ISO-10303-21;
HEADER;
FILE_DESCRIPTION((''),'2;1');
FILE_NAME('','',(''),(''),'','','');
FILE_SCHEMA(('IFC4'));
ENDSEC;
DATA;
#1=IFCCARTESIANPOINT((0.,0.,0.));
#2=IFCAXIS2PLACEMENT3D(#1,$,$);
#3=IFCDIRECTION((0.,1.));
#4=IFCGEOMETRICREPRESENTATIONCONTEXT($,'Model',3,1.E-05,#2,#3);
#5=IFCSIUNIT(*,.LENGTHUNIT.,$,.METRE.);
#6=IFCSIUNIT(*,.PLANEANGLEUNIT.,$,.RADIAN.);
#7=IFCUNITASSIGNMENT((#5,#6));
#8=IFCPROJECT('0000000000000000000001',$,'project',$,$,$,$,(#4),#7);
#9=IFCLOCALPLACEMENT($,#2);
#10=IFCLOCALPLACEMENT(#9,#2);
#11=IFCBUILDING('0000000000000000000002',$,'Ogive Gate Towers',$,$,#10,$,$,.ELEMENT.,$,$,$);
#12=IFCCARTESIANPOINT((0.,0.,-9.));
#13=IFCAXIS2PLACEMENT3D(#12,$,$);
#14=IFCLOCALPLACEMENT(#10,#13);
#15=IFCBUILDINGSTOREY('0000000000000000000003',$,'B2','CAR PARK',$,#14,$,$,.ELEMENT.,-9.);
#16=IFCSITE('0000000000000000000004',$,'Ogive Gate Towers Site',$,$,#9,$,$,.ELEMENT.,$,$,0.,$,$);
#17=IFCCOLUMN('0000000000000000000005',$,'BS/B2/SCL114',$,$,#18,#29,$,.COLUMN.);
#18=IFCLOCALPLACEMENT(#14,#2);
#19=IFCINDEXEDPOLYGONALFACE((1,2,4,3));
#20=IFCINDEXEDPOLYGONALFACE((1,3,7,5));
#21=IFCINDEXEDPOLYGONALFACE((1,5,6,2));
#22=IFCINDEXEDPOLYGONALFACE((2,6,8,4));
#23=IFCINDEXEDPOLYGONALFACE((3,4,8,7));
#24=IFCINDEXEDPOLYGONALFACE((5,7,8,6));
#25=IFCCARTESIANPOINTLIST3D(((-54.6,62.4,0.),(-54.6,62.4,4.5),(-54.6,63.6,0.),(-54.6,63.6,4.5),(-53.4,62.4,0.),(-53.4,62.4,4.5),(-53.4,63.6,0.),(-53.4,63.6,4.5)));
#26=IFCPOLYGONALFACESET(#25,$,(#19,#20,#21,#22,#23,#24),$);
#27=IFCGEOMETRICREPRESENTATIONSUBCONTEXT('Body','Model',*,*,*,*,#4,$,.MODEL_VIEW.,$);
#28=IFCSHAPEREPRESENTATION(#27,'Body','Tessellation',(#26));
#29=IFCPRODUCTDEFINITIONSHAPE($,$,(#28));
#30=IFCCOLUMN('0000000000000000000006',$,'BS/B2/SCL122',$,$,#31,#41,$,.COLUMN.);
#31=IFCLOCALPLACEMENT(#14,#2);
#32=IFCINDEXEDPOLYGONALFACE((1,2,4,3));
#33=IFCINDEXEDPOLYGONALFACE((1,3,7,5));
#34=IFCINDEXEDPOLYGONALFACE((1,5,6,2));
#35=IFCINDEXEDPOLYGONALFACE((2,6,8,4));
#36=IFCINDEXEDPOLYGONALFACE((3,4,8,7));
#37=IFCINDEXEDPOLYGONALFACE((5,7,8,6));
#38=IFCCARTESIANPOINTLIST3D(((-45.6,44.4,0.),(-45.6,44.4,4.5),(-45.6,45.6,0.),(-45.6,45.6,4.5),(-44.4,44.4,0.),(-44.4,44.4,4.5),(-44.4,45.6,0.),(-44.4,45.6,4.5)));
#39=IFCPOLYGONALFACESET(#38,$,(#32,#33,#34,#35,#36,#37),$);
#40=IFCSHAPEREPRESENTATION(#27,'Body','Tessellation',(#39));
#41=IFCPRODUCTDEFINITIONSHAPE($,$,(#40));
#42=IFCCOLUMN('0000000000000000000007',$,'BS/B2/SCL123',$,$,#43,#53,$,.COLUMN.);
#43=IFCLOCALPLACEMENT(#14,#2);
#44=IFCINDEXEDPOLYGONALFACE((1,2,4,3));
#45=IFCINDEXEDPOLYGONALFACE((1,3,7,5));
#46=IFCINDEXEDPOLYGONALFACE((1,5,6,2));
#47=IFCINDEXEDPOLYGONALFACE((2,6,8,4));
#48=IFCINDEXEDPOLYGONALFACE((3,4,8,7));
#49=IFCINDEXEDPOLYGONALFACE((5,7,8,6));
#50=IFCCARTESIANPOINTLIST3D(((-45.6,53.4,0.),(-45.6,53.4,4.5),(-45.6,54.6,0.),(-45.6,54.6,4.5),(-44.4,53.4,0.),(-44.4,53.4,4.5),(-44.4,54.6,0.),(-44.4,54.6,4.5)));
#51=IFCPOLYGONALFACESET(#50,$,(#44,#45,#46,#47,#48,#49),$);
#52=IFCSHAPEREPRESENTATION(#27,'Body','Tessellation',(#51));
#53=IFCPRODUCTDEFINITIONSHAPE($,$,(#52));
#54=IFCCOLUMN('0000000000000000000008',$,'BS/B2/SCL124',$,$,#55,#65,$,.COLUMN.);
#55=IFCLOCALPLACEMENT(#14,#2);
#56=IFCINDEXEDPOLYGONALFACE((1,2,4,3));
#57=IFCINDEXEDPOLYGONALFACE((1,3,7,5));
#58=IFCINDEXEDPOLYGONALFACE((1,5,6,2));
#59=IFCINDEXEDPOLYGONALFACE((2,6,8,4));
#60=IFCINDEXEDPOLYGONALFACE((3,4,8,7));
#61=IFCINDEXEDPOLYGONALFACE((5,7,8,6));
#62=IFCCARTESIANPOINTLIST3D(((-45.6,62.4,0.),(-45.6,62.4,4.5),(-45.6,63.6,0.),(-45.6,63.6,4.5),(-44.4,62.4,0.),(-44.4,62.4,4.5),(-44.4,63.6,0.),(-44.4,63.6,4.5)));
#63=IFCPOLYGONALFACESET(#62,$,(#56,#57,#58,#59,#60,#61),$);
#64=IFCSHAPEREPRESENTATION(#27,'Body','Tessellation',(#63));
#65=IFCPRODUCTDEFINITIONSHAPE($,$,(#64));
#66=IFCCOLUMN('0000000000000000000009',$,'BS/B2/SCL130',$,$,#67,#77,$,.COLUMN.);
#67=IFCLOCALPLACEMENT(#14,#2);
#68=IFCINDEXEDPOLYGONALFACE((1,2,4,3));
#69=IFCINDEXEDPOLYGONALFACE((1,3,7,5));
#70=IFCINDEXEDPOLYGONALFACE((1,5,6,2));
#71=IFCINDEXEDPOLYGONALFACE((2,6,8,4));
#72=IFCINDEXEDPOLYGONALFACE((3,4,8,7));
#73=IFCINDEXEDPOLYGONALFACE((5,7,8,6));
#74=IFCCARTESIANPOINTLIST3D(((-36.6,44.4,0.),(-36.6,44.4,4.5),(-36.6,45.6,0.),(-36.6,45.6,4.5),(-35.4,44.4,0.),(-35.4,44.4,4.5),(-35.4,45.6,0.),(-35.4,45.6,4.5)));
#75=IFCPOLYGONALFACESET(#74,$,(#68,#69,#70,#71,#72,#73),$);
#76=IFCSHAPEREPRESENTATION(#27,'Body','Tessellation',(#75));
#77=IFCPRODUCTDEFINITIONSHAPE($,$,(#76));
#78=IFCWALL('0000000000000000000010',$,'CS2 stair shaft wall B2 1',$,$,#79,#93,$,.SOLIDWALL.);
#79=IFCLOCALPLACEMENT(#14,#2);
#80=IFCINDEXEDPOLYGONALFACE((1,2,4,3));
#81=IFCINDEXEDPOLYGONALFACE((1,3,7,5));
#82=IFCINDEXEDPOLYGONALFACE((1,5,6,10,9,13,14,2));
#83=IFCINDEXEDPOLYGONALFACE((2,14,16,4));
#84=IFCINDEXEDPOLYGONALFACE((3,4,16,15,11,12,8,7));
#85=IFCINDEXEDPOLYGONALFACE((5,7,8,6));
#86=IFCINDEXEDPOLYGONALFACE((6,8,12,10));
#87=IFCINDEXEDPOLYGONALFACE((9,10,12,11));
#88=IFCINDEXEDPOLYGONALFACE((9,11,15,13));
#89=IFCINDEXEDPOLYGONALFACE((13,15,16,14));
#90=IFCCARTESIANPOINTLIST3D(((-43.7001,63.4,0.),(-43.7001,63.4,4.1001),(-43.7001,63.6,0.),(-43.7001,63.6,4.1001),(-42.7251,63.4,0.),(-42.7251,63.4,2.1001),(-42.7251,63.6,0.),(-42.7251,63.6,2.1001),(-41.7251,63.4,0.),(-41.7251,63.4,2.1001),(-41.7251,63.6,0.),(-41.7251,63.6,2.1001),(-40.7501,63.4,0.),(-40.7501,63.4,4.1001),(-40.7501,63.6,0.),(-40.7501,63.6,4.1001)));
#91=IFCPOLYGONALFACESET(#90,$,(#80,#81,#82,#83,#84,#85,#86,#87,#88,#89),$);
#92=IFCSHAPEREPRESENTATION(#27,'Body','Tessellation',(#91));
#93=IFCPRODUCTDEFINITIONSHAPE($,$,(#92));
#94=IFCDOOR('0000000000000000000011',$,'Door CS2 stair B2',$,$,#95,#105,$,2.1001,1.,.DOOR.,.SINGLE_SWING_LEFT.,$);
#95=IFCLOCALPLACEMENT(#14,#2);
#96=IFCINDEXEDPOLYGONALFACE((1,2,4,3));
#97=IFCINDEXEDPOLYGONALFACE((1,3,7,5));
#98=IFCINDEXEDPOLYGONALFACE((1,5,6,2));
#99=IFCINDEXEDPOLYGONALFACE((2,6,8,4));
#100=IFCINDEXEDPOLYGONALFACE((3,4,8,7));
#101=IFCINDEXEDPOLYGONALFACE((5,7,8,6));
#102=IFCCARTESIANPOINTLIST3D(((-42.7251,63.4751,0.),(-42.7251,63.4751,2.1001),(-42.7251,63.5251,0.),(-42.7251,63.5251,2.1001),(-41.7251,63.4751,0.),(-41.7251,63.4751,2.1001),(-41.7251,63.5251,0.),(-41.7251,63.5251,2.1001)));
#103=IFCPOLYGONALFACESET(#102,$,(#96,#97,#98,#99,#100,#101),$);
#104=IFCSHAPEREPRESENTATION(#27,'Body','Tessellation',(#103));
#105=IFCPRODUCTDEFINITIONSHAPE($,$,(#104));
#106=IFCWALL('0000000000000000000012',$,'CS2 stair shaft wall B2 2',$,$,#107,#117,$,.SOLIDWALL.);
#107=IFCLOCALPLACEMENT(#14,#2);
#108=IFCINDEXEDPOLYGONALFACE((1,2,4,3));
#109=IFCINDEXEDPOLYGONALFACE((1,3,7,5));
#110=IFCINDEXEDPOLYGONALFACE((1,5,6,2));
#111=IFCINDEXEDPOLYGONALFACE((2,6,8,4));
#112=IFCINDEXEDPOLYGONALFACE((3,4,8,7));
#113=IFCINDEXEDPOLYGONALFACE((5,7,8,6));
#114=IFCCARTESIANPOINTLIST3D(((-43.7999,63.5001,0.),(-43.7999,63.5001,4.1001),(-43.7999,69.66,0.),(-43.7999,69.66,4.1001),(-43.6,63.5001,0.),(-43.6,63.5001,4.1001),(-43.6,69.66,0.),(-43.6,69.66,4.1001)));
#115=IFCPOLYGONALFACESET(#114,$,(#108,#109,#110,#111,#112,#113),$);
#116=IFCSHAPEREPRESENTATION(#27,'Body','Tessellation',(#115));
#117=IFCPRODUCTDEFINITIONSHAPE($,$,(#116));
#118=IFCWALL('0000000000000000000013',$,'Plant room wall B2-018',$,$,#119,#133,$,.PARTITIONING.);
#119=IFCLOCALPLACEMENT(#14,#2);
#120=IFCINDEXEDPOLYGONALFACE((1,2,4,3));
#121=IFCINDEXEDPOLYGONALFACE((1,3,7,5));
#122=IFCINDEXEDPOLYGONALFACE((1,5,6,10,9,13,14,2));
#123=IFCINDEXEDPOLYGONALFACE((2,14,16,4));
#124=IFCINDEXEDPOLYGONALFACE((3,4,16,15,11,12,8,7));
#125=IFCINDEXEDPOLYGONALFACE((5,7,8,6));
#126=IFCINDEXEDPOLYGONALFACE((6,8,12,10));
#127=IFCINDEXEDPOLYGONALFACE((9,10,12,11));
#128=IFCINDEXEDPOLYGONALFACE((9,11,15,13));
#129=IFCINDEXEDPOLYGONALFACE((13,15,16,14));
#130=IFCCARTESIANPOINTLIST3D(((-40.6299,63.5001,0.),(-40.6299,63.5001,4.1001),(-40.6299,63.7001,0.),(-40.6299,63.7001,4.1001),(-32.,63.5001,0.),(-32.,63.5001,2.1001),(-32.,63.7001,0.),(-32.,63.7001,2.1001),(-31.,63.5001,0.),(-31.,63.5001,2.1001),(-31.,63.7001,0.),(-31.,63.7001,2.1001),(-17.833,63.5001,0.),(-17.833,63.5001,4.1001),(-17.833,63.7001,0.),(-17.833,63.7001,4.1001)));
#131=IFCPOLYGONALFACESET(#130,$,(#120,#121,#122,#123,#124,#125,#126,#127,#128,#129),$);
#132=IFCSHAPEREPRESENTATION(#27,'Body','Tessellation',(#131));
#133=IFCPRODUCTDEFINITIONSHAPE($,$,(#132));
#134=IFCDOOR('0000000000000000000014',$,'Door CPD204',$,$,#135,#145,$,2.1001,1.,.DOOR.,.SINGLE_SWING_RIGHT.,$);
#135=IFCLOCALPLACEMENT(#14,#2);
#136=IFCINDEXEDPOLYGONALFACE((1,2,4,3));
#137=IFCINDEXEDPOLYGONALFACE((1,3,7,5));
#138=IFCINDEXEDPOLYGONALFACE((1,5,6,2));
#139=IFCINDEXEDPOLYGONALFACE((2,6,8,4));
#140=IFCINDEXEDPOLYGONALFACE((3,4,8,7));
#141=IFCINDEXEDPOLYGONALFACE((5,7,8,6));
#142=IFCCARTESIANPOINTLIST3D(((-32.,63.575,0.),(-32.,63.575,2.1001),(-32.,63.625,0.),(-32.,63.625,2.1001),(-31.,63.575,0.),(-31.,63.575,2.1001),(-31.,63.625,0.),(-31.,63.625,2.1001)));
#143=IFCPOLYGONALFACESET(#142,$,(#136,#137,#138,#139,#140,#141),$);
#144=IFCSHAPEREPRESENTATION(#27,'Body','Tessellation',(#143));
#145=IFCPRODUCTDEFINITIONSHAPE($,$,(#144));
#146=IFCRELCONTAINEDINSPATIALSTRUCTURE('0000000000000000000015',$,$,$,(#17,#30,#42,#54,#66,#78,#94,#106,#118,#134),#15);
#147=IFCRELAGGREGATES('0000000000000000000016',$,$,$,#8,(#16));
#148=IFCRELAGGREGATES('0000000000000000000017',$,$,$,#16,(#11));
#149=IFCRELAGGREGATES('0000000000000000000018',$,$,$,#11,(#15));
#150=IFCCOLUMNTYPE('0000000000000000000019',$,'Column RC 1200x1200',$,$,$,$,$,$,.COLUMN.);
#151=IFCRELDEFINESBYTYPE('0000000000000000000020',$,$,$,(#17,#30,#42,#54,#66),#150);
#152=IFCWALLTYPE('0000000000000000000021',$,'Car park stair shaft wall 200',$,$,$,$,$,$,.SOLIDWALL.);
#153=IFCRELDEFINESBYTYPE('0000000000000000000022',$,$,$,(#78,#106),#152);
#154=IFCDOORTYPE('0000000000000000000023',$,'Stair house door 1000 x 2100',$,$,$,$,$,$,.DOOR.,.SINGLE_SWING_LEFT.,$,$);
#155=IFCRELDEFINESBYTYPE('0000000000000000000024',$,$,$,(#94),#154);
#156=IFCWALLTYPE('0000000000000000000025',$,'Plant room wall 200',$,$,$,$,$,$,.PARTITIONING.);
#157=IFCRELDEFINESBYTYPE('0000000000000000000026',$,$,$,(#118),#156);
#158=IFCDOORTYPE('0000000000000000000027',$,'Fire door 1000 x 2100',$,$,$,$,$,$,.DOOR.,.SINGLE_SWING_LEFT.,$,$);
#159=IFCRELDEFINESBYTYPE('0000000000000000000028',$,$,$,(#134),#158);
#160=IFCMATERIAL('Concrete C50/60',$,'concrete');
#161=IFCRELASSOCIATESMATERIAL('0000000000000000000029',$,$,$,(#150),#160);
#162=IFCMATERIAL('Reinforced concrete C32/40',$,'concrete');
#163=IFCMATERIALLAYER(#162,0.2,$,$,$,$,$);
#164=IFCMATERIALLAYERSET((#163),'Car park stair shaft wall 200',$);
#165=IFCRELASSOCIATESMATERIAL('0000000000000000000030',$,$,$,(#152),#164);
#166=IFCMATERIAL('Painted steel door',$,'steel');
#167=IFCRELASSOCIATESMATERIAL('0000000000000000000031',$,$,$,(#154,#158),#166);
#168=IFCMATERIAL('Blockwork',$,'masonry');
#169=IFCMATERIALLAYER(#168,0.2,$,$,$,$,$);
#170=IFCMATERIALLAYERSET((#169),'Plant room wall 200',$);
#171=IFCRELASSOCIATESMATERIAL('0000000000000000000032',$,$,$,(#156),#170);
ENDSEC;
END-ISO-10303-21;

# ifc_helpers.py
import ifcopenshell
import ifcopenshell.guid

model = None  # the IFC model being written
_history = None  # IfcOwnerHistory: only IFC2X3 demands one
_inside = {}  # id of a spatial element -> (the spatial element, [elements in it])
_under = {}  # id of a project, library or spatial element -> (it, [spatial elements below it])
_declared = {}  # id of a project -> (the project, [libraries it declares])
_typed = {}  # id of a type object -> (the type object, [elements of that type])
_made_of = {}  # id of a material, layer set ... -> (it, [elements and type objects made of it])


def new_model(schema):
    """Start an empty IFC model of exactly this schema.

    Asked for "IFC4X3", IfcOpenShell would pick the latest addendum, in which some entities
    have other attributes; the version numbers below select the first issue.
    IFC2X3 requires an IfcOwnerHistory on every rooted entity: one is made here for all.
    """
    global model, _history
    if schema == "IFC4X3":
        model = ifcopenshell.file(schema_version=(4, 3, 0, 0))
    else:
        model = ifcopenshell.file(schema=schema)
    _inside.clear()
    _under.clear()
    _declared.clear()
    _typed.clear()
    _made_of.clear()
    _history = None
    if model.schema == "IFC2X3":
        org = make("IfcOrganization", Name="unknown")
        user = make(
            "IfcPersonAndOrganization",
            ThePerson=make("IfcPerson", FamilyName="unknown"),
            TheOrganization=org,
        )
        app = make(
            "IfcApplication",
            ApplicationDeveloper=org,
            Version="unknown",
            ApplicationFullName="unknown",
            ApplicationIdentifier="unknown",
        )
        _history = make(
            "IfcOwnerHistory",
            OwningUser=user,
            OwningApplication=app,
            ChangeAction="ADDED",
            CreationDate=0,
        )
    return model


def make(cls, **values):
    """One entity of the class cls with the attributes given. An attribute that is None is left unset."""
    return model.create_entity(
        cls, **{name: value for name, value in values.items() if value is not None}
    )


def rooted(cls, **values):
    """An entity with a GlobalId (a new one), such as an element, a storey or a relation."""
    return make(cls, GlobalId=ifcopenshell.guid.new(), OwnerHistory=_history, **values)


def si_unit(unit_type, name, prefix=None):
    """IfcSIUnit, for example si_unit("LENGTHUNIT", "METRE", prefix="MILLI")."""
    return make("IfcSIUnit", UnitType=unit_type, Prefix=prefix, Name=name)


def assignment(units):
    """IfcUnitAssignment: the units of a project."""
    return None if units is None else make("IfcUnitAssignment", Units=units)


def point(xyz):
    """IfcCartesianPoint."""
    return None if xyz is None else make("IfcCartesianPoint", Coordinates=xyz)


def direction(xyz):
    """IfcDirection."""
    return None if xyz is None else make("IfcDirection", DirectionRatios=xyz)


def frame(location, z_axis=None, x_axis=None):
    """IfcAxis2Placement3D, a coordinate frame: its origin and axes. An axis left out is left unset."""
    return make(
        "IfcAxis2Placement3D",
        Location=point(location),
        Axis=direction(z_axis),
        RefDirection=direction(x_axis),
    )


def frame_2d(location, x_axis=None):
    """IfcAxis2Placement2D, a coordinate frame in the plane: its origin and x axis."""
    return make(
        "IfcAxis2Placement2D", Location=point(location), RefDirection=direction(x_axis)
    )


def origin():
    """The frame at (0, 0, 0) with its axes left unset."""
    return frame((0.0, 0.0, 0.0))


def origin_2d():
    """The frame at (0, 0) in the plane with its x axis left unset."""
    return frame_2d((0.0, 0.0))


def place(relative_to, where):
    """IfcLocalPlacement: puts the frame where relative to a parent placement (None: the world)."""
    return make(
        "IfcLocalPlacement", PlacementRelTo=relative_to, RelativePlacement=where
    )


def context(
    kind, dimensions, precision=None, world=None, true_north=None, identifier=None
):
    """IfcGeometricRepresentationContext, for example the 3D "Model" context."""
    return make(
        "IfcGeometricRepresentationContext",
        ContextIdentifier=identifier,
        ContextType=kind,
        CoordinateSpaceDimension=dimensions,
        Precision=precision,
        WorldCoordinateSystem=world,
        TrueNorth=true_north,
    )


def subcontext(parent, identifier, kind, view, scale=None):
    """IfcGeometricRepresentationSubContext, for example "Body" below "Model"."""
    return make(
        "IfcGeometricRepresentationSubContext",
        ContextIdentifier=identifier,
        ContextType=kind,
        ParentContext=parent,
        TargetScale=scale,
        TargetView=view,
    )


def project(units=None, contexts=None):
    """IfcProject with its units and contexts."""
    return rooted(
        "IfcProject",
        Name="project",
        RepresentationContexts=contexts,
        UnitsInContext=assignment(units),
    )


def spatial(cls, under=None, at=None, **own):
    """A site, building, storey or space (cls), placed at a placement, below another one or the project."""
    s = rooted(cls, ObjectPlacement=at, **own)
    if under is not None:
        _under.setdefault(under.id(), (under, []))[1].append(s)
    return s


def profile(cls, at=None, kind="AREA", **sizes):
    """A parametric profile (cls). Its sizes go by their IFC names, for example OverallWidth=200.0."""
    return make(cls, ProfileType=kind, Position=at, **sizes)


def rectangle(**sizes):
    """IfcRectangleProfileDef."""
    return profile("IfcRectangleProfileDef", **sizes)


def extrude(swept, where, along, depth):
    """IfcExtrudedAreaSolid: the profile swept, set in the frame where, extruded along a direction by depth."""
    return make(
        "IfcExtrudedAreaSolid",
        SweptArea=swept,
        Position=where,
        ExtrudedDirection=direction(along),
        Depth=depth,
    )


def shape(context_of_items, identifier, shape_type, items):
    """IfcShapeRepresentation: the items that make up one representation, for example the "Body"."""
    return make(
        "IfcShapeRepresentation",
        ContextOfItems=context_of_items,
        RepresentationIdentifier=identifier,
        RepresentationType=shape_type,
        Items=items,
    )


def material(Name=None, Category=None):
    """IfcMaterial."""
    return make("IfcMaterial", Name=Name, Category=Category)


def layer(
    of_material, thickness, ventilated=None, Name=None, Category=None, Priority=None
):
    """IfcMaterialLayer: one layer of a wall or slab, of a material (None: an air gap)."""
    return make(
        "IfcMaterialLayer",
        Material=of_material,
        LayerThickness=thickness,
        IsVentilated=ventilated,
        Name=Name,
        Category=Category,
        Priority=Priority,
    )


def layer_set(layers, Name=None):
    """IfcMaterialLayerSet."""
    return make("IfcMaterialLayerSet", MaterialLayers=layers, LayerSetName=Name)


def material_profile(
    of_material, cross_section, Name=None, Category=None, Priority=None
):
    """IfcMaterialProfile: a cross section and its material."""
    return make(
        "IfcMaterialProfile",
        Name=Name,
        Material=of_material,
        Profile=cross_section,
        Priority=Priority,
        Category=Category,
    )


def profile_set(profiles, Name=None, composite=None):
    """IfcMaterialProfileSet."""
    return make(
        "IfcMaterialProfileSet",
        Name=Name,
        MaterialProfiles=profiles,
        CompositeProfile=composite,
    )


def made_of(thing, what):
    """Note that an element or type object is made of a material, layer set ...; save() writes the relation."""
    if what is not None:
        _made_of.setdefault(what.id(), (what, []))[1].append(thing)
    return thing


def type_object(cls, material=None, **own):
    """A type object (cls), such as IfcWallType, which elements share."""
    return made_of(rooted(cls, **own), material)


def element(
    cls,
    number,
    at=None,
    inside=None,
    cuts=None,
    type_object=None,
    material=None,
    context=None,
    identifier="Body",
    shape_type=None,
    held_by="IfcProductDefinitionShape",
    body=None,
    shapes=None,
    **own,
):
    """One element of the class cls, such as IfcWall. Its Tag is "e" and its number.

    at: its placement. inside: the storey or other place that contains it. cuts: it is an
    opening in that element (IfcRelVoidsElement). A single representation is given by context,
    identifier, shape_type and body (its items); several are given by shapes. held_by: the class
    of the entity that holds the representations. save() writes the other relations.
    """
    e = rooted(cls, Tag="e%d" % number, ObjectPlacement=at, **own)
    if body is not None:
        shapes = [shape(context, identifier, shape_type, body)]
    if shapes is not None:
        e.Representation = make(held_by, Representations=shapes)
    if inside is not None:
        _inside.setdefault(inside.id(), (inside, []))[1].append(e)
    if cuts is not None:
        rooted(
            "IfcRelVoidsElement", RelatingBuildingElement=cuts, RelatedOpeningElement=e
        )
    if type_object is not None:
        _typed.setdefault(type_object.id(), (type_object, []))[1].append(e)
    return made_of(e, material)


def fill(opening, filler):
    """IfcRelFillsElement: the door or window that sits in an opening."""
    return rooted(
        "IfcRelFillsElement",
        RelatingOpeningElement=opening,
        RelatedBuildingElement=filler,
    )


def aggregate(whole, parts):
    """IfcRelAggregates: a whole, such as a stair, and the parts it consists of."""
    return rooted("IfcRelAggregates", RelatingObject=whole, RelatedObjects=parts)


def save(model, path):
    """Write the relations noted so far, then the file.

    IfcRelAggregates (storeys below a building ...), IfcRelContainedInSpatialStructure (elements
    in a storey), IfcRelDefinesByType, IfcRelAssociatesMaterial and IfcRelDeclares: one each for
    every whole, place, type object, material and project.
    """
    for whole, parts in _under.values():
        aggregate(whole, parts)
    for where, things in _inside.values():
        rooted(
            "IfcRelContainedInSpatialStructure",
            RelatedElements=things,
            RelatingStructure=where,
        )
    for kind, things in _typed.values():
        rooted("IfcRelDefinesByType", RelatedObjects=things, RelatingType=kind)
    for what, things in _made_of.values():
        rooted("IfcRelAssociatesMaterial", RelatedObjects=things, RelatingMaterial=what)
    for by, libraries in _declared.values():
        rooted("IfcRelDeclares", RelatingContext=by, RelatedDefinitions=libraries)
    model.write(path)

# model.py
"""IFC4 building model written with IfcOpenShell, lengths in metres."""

from ifc_helpers import new_model, si_unit, direction, frame, frame_2d, origin, origin_2d, place, context, subcontext, project, spatial, rectangle, extrude, material, layer, layer_set, material_profile, profile_set, type_object, element, fill, save


model = new_model("IFC4")

# Units and contexts
model_context = context("Model", 3, precision=1e-05, world=origin(), true_north=direction((0.0, 1.0)))
body_context = subcontext(model_context, "Body", "Model", "MODEL_VIEW")
ifc_project = project(units=[si_unit("LENGTHUNIT", "METRE"), si_unit("PLANEANGLEUNIT", "RADIAN")], contexts=[model_context])

# Site, building, storey
site_placement = place(None, origin())
site = spatial("IfcSite", under=ifc_project, at=site_placement, Name="Ogive Gate Towers Site", CompositionType="ELEMENT", RefElevation=0.0)
building_placement = place(site_placement, origin())
building = spatial("IfcBuilding", under=site, at=building_placement, Name="Ogive Gate Towers", CompositionType="ELEMENT")
storey_placement = place(building_placement, frame((0.0, 0.0, -9.0)))
storey = spatial("IfcBuildingStorey", under=building, at=storey_placement, Name="B2", Description="CAR PARK", CompositionType="ELEMENT", Elevation=-9.0)

# Columns
ifc_material_1 = material(Name="Concrete C50/60", Category="concrete")
ifc_material_profile_1 = material_profile(ifc_material_1, rectangle(XDim=1.2, YDim=1.2, at=origin_2d()), Name="RC 1200x1200")
ifc_profile_set_1 = profile_set([ifc_material_profile_1], Name="Concrete C50/60")
column_type = type_object("IfcColumnType", Name="Column RC 1200x1200", PredefinedType="COLUMN", material=ifc_profile_set_1)
for number, where, z_axis, x_axis, name in (
    (1, (-54.0, 63.0, 0.0), (0.0, 0.0, 1.0), (1.0, 0.0, 0.0), "BS/B2/SCL114"),
    (2, (-45.0, 45.0, 0.0), (0.0, 0.0, 1.0), (1.0, 0.0, 0.0), "BS/B2/SCL122"),
    (3, (-45.0, 54.0, 0.0), (0.0, 0.0, 1.0), (1.0, 0.0, 0.0), "BS/B2/SCL123"),
    (4, (-45.0, 63.0, 0.0), (0.0, 0.0, 1.0), (1.0, 0.0, 0.0), "BS/B2/SCL124"),
    (5, (-36.0, 45.0, 0.0), (0.0, 0.0, 1.0), (1.0, 0.0, 0.0), "BS/B2/SCL130"),
):
    element("IfcColumn", number, at=place(storey_placement, frame(where, z_axis=z_axis, x_axis=x_axis)), inside=storey, type_object=column_type, Name=name, PredefinedType="COLUMN", context=body_context, shape_type="SweptSolid", body=[
        extrude(rectangle(XDim=1.2, YDim=1.2, at=origin_2d()), origin(), (0.0, 0.0, 1.0), 4.5),
    ])

# Wall, opening, door
ifc_material_2 = material(Name="Reinforced concrete C32/40", Category="concrete")
ifc_layer_1 = layer(ifc_material_2, 0.2)
ifc_layer_set_1 = layer_set([ifc_layer_1], Name="Car park stair shaft wall 200")
wall_type_1 = type_object("IfcWallType", Name="Car park stair shaft wall 200", PredefinedType="SOLIDWALL", material=ifc_layer_set_1)
wall_1_placement = place(storey_placement, frame((-40.75, 63.5, 0.0), z_axis=(0.0, 0.0, 1.0), x_axis=(-1.0, 0.0, 0.0)))
wall_1 = element("IfcWall", 6, at=wall_1_placement, inside=storey, type_object=wall_type_1, Name="CS2 stair shaft wall B2 1", PredefinedType="SOLIDWALL", context=body_context, shape_type="SweptSolid", body=[
    extrude(rectangle(XDim=2.95, YDim=0.2, at=frame_2d((1.4751, 0.0))), origin(), (0.0, 0.0, 1.0), 4.1001),
])
opening_1_placement = place(wall_1_placement, frame((0.9751, 0.0, 0.0)))
opening_1 = element("IfcOpeningElement", 7, at=opening_1_placement, cuts=wall_1, PredefinedType="OPENING", context=body_context, shape_type="SweptSolid", body=[
    extrude(rectangle(XDim=1.0, YDim=2.1001, at=frame_2d((0.5, 1.05))), frame((0.0, 0.1099, 0.0), z_axis=(0.0, -1.0, 0.0), x_axis=(1.0, 0.0, 0.0)), (0.0, 0.0, 1.0), 0.22),
])
ifc_material_3 = material(Name="Painted steel door", Category="steel")
door_type_1 = type_object("IfcDoorType", Name="Stair house door 1000 x 2100", OperationType="SINGLE_SWING_LEFT", PredefinedType="DOOR", material=ifc_material_3)
door_1_placement = place(opening_1_placement, origin())
door_1 = element("IfcDoor", 8, at=door_1_placement, inside=storey, type_object=door_type_1, Name="Door CS2 stair B2", OperationType="SINGLE_SWING_LEFT", OverallHeight=2.1001, OverallWidth=1.0, PredefinedType="DOOR", context=body_context, shape_type="SweptSolid", body=[
    extrude(rectangle(XDim=1.0, YDim=2.1001, at=frame_2d((0.5, 1.05))), frame((0.0, 0.0249, 0.0), z_axis=(0.0, -1.0, 0.0), x_axis=(1.0, 0.0, 0.0)), (0.0, 0.0, 1.0), 0.05),
])
fill(opening_1, door_1)

# Wall
wall_2_placement = place(storey_placement, frame((-43.7, 63.5, 0.0), z_axis=(0.0, 0.0, 1.0), x_axis=(0.0, 1.0, 0.0)))
element("IfcWall", 9, at=wall_2_placement, inside=storey, type_object=wall_type_1, Name="CS2 stair shaft wall B2 2", PredefinedType="SOLIDWALL", context=body_context, shape_type="SweptSolid", body=[
    extrude(rectangle(XDim=6.1599, YDim=0.2, at=frame_2d((3.0801, 0.0))), origin(), (0.0, 0.0, 1.0), 4.1001),
])

# Wall, opening, door
ifc_material_4 = material(Name="Blockwork", Category="masonry")
ifc_layer_2 = layer(ifc_material_4, 0.2)
ifc_layer_set_2 = layer_set([ifc_layer_2], Name="Plant room wall 200")
wall_type_2 = type_object("IfcWallType", Name="Plant room wall 200", PredefinedType="PARTITIONING", material=ifc_layer_set_2)
wall_3_placement = place(storey_placement, frame((-40.6299, 63.6001, 0.0), z_axis=(0.0, 0.0, 1.0), x_axis=(1.0, 0.0, 0.0)))
wall_3 = element("IfcWall", 10, at=wall_3_placement, inside=storey, type_object=wall_type_2, Name="Plant room wall B2-018", PredefinedType="PARTITIONING", context=body_context, shape_type="SweptSolid", body=[
    extrude(rectangle(XDim=22.7969, YDim=0.2, at=frame_2d((11.3984, 0.0))), origin(), (0.0, 0.0, 1.0), 4.1001),
])
opening_2_placement = place(wall_3_placement, frame((8.6299, 0.0, 0.0)))
opening_2 = element("IfcOpeningElement", 11, at=opening_2_placement, cuts=wall_3, PredefinedType="OPENING", context=body_context, shape_type="SweptSolid", body=[
    extrude(rectangle(XDim=1.0, YDim=2.1001, at=frame_2d((0.5, 1.05))), frame((0.0, 0.1099, 0.0), z_axis=(0.0, -1.0, 0.0), x_axis=(1.0, 0.0, 0.0)), (0.0, 0.0, 1.0), 0.22),
])
door_type_2 = type_object("IfcDoorType", Name="Fire door 1000 x 2100", OperationType="SINGLE_SWING_LEFT", PredefinedType="DOOR", material=ifc_material_3)
door_2_placement = place(opening_2_placement, origin())
door_2 = element("IfcDoor", 12, at=door_2_placement, inside=storey, type_object=door_type_2, Name="Door CPD204", OperationType="SINGLE_SWING_RIGHT", OverallHeight=2.1001, OverallWidth=1.0, PredefinedType="DOOR", context=body_context, shape_type="SweptSolid", body=[
    extrude(rectangle(XDim=1.0, YDim=2.1001, at=frame_2d((0.5, 1.05))), frame((0.0, 0.0249, 0.0), z_axis=(0.0, -1.0, 0.0), x_axis=(1.0, 0.0, 0.0)), (0.0, 0.0, 1.0), 0.05),
])
fill(opening_2, door_2)

save(model, "model.ifc")
